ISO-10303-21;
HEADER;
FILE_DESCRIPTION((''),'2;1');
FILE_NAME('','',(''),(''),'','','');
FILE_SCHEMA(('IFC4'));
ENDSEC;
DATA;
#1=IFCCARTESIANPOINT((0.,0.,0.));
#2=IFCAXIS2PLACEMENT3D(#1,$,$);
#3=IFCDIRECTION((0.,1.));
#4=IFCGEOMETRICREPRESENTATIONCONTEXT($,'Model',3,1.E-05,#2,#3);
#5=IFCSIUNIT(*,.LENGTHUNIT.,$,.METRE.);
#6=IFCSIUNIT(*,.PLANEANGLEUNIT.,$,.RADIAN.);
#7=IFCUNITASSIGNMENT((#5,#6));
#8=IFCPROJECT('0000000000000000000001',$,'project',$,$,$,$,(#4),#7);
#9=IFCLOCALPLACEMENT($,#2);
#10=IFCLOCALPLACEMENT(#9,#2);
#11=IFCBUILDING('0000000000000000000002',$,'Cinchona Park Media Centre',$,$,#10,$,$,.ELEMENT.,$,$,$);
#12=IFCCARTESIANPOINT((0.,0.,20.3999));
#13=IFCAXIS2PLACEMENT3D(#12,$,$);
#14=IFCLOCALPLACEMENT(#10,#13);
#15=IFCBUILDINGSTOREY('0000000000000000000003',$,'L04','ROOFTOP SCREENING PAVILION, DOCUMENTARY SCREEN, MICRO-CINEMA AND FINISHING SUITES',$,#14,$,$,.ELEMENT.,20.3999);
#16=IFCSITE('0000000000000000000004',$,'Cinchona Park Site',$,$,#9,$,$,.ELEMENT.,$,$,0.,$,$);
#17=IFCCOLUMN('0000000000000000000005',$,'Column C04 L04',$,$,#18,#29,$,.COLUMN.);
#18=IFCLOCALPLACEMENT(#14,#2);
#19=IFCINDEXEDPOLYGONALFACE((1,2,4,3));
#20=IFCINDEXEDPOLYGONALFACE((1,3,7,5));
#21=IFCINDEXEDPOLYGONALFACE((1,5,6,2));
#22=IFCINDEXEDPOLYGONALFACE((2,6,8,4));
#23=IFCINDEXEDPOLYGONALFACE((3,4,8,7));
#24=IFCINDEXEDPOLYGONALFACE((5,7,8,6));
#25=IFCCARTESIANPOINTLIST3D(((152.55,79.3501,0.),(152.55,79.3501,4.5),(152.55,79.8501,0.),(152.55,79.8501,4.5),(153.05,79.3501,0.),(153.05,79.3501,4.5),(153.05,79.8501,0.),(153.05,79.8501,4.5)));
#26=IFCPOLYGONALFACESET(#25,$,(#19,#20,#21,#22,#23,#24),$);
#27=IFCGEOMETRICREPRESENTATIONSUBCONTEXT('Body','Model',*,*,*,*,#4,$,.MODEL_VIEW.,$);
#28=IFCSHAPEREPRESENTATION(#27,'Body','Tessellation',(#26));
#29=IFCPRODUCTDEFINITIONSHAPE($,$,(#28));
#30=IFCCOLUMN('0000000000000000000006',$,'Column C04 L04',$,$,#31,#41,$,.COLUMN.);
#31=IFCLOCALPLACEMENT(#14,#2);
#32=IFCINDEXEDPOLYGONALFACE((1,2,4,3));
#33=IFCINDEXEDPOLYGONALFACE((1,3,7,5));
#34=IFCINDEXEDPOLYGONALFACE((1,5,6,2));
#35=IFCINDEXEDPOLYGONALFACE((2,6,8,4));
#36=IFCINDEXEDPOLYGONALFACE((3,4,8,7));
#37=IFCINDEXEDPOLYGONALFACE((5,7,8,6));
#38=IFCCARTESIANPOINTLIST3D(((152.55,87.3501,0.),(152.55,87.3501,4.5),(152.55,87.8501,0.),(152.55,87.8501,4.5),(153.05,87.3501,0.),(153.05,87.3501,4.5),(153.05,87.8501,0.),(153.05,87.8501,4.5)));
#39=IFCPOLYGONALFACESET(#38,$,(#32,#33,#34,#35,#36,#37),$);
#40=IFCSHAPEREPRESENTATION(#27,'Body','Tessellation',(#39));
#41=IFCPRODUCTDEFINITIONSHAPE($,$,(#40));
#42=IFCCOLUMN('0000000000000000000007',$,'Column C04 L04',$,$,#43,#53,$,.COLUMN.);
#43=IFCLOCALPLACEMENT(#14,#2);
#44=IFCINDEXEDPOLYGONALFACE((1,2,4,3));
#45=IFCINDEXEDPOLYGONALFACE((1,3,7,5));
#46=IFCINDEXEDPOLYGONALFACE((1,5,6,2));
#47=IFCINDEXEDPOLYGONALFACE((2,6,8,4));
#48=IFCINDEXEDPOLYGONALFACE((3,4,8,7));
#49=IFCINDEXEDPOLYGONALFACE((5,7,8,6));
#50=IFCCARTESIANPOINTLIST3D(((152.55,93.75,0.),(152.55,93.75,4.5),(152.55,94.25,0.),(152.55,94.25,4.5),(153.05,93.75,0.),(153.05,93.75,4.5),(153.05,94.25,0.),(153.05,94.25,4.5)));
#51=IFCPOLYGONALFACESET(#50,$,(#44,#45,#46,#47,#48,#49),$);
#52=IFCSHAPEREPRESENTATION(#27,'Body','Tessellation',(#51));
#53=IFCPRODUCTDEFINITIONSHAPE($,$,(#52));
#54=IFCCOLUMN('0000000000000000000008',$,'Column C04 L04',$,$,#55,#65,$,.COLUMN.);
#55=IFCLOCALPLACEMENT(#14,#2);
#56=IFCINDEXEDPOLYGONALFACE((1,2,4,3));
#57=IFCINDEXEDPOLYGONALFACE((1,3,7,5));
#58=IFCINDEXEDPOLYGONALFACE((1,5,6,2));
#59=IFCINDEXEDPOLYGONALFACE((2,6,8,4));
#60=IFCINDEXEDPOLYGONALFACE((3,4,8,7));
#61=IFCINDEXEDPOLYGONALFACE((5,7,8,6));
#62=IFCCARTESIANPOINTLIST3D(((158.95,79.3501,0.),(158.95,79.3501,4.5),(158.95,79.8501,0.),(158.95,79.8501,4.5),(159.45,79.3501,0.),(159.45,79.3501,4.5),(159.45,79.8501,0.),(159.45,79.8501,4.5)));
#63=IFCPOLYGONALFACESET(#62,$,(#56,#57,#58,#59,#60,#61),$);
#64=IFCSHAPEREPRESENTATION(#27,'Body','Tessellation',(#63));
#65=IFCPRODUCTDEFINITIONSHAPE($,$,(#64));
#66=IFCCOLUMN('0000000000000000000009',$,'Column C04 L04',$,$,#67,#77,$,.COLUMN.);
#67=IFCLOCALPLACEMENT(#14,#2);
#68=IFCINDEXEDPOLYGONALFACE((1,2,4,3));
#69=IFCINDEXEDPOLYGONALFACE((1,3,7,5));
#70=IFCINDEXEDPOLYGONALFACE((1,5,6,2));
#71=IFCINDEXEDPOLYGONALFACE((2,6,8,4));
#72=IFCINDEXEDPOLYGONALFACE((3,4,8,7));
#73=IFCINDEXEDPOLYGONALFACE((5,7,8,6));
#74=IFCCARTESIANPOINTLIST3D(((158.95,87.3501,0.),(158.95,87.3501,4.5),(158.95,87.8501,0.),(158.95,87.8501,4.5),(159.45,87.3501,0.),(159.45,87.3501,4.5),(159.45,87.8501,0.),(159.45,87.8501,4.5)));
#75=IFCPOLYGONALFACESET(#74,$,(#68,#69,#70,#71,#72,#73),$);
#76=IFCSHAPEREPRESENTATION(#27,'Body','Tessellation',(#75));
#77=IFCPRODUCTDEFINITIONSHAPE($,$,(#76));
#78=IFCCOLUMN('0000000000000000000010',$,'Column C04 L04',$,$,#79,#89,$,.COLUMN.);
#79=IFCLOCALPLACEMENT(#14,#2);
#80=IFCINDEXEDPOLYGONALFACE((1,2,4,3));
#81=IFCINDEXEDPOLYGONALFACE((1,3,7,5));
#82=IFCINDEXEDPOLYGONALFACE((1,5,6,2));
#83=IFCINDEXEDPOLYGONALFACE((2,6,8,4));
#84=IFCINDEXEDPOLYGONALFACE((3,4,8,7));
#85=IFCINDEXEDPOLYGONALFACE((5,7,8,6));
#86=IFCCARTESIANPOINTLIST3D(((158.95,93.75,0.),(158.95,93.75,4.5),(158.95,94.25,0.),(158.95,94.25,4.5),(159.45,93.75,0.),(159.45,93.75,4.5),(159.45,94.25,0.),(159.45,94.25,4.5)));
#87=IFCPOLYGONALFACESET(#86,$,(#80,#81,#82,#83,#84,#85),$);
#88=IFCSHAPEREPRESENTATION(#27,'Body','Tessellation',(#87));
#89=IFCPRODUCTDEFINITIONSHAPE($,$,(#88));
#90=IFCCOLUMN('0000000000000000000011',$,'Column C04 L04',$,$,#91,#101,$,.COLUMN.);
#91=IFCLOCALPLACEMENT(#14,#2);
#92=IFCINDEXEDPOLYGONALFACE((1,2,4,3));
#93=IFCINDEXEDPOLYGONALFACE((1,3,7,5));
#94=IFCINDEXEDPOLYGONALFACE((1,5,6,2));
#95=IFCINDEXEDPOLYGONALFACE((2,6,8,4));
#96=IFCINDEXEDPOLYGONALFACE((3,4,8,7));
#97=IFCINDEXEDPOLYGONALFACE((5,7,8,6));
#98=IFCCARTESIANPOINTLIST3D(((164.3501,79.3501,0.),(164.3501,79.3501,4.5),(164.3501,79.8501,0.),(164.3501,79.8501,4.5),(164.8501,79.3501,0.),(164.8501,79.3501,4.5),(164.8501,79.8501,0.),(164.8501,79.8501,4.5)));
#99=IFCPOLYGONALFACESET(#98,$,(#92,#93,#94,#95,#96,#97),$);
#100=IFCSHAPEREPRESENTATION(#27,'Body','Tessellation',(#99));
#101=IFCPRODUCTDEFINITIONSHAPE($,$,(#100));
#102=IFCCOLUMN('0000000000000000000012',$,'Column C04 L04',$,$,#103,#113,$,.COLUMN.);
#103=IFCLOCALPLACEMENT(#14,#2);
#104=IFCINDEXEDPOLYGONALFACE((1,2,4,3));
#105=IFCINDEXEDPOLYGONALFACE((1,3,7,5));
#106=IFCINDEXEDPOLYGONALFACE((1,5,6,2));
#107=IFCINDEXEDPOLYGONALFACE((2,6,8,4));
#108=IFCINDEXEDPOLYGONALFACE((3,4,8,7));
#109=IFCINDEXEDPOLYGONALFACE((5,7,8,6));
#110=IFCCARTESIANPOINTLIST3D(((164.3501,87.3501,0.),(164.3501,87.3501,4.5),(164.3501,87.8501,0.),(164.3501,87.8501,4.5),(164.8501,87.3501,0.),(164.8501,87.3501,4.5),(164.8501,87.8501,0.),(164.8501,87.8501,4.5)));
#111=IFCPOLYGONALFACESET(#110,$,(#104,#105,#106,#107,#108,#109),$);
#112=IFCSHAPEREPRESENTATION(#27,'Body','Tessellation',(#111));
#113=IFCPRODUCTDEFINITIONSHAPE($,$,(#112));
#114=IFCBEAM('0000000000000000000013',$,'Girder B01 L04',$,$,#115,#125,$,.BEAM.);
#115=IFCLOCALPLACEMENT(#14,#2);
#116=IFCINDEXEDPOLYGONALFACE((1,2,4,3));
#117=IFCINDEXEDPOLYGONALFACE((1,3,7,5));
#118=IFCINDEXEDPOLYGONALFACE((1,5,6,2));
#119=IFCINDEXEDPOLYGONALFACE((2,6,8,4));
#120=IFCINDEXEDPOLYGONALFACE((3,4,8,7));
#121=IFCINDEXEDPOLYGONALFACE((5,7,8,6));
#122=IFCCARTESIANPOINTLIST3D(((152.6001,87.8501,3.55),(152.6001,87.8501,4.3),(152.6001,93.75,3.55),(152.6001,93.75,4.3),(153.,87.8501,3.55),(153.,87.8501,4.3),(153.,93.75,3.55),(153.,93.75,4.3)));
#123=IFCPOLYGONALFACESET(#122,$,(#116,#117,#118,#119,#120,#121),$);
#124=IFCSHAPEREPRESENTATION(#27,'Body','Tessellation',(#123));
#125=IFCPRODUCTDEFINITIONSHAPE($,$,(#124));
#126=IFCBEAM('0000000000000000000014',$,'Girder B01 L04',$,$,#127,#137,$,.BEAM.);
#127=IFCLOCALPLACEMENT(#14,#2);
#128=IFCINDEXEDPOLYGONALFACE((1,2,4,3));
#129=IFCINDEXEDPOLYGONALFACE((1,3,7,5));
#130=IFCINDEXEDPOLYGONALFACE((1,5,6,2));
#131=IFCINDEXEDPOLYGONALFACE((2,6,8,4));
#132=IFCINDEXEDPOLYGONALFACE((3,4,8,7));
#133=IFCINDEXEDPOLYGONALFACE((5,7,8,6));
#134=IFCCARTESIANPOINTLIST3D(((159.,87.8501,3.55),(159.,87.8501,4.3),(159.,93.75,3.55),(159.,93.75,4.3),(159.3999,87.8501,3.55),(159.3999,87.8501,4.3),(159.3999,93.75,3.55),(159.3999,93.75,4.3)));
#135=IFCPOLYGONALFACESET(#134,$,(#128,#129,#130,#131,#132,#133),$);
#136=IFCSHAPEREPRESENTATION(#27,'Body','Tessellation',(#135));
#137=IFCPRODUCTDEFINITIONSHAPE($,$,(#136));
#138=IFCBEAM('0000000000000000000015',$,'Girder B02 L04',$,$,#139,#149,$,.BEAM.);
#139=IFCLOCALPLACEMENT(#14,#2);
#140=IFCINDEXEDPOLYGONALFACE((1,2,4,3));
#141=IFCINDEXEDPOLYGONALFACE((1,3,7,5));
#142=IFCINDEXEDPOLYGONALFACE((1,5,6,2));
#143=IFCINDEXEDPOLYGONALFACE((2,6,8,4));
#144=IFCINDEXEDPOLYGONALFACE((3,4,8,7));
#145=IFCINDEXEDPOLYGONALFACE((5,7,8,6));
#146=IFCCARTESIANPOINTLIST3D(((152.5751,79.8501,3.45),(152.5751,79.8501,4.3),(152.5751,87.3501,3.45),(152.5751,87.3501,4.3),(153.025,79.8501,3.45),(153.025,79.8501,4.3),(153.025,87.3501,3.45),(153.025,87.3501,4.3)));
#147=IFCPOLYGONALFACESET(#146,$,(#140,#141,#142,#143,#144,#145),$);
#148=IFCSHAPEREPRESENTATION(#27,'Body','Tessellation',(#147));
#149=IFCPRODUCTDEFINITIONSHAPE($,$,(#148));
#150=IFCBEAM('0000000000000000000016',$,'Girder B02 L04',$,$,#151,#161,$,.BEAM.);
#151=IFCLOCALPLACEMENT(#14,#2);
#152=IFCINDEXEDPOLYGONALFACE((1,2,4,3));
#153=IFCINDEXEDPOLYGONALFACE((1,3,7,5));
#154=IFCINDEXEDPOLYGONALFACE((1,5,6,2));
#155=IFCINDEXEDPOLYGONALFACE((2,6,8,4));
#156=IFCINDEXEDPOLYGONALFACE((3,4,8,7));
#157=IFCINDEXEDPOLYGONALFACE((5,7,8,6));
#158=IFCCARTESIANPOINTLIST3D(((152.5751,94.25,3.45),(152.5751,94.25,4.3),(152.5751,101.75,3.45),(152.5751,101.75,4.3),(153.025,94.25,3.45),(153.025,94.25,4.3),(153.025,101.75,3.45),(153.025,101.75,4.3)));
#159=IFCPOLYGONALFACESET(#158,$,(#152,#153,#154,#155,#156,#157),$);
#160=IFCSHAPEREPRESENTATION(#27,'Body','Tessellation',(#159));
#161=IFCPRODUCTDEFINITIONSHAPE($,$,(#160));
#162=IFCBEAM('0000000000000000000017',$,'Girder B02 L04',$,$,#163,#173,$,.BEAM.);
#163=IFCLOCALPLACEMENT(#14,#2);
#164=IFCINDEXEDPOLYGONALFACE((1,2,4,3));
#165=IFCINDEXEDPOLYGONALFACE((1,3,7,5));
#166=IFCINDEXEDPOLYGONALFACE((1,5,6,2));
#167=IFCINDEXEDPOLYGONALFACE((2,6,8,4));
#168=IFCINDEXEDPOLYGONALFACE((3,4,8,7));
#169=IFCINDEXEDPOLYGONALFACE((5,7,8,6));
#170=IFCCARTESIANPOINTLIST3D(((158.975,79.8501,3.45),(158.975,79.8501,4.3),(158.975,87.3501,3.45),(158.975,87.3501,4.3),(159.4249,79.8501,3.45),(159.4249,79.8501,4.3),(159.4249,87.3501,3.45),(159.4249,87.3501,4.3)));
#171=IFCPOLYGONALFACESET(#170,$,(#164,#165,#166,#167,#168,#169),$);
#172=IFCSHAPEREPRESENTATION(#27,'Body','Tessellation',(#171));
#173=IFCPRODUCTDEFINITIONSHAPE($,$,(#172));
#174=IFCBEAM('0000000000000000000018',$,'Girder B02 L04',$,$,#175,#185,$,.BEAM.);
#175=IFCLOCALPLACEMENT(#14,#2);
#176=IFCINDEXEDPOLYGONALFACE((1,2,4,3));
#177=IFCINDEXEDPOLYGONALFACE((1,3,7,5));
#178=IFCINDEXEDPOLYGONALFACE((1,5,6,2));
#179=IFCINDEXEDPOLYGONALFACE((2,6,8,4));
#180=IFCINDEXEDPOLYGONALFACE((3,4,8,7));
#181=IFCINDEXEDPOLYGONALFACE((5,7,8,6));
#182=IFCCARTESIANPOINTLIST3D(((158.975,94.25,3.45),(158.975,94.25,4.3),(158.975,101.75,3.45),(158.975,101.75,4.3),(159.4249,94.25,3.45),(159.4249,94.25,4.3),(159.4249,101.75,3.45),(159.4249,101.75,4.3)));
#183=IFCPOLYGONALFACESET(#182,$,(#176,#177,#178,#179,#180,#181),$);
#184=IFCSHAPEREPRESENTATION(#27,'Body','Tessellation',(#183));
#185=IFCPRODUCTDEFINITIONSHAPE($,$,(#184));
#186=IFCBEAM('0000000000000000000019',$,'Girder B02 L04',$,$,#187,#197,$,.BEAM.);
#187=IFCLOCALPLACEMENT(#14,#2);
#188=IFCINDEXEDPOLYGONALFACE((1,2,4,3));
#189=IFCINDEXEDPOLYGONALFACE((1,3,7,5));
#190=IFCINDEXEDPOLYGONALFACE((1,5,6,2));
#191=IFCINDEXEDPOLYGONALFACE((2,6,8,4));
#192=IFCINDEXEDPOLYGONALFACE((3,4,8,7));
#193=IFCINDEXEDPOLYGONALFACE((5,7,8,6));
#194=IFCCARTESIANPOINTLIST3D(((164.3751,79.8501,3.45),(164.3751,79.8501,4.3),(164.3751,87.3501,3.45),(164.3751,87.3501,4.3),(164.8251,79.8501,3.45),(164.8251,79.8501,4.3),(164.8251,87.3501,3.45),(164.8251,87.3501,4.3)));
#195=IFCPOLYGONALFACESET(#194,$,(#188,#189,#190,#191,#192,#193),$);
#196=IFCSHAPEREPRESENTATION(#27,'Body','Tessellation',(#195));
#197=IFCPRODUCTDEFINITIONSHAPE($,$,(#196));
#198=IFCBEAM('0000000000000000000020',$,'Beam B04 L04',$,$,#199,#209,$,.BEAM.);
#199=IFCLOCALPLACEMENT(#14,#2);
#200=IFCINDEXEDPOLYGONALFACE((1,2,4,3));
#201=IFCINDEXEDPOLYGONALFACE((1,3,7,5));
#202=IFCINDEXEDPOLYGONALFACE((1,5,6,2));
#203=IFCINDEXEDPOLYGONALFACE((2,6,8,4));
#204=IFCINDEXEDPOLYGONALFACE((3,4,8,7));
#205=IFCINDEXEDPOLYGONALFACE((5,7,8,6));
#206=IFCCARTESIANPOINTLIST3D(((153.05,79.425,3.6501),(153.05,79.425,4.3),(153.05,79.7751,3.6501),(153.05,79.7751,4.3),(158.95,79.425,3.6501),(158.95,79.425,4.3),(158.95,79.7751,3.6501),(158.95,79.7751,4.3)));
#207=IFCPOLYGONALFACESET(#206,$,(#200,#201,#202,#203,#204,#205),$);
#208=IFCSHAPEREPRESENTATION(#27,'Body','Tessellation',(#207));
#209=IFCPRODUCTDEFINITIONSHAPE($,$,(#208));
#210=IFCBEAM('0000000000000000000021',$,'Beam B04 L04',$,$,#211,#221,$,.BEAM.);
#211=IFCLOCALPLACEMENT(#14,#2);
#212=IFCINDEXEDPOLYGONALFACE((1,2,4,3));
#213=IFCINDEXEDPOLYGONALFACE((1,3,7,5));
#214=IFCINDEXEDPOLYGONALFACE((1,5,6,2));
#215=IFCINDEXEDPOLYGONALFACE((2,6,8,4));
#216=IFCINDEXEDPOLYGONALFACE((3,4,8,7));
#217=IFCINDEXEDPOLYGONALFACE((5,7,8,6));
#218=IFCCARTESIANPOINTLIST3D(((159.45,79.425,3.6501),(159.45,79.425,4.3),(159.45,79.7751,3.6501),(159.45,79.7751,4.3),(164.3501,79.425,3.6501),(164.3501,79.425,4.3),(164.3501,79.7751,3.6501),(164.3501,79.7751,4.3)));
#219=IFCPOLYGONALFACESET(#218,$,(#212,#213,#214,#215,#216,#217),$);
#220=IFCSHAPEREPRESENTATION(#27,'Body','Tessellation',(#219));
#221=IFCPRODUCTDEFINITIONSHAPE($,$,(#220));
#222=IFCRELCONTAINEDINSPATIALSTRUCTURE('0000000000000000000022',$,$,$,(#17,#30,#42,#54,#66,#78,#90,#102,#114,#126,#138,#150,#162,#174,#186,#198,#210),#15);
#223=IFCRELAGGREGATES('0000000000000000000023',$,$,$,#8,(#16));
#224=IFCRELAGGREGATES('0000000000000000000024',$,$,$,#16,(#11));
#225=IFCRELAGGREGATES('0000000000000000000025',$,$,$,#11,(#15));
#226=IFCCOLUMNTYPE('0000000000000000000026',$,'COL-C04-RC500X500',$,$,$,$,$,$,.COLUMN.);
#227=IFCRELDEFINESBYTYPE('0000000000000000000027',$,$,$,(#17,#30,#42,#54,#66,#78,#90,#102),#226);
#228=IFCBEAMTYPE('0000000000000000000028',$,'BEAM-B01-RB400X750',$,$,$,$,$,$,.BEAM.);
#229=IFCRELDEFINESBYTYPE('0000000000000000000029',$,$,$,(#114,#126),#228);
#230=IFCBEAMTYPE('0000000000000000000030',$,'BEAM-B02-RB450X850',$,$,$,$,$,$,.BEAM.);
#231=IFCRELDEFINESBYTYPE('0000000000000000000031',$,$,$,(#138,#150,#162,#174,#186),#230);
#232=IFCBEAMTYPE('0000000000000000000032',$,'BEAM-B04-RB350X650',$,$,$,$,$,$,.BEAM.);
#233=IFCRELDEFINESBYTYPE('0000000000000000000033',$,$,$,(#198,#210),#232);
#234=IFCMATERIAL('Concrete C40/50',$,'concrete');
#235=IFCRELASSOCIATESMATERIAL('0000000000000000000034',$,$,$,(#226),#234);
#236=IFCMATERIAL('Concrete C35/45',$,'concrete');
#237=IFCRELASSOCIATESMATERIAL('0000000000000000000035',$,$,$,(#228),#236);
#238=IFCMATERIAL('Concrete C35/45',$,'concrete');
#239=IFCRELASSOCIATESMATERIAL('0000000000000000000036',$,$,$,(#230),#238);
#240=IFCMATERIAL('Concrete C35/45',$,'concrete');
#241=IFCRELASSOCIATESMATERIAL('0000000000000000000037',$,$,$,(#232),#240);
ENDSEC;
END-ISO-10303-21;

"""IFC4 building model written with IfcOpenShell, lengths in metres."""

from ifc_helpers import new_model, si_unit, direction, frame, origin, origin_2d, place, context, subcontext, project, spatial, rectangle, extrude, material, material_profile, profile_set, type_object, element, save


model = new_model("IFC4")

# Units and contexts
model_context = context("Model", 3, precision=1e-05, world=origin(), true_north=direction((0.0, 1.0)))
body_context = subcontext(model_context, "Body", "Model", "MODEL_VIEW")
ifc_project = project(units=[si_unit("LENGTHUNIT", "METRE"), si_unit("PLANEANGLEUNIT", "RADIAN")], contexts=[model_context])

# Site, building, storey
site_placement = place(None, origin())
site = spatial("IfcSite", under=ifc_project, at=site_placement, Name="Cinchona Park Site", CompositionType="ELEMENT", RefElevation=0.0)
building_placement = place(site_placement, origin())
building = spatial("IfcBuilding", under=site, at=building_placement, Name="Cinchona Park Media Centre", CompositionType="ELEMENT")
storey_placement = place(building_placement, frame((0.0, 0.0, 20.3999)))
storey = spatial("IfcBuildingStorey", under=building, at=storey_placement, Name="L04", Description="ROOFTOP SCREENING PAVILION, DOCUMENTARY SCREEN, MICRO-CINEMA AND FINISHING SUITES", CompositionType="ELEMENT", Elevation=20.3999)

# Columns
ifc_material_1 = material(Name="Concrete C40/50", Category="concrete")
ifc_material_profile_1 = material_profile(ifc_material_1, rectangle(XDim=0.5, YDim=0.5, at=origin_2d()), Name="RC 500X500")
ifc_profile_set_1 = profile_set([ifc_material_profile_1], Name="Concrete C40/50")
column_type = type_object("IfcColumnType", Name="COL-C04-RC500X500", PredefinedType="COLUMN", material=ifc_profile_set_1)
for number, where, z_axis, x_axis, name in (
    (1, (152.8, 79.6001, 0.0), (0.0, 0.0, 1.0), (1.0, 0.0, 0.0), "Column C04 L04"),
    (2, (152.8, 87.6001, 0.0), (0.0, 0.0, 1.0), (1.0, 0.0, 0.0), "Column C04 L04"),
    (3, (152.8, 94.0, 0.0), (0.0, 0.0, 1.0), (1.0, 0.0, 0.0), "Column C04 L04"),
    (4, (159.2, 79.6001, 0.0), (0.0, 0.0, 1.0), (1.0, 0.0, 0.0), "Column C04 L04"),
    (5, (159.2, 87.6001, 0.0), (0.0, 0.0, 1.0), (1.0, 0.0, 0.0), "Column C04 L04"),
    (6, (159.2, 94.0, 0.0), (0.0, 0.0, 1.0), (1.0, 0.0, 0.0), "Column C04 L04"),
    (7, (164.6001, 79.6001, 0.0), (0.0, 0.0, 1.0), (1.0, 0.0, 0.0), "Column C04 L04"),
    (8, (164.6001, 87.6001, 0.0), (0.0, 0.0, 1.0), (1.0, 0.0, 0.0), "Column C04 L04"),
):
    element("IfcColumn", number, at=place(storey_placement, frame(where, z_axis=z_axis, x_axis=x_axis)), inside=storey, type_object=column_type, Name=name, PredefinedType="COLUMN", context=body_context, shape_type="SweptSolid", body=[
        extrude(rectangle(XDim=0.5, YDim=0.5, at=origin_2d()), origin(), (0.0, 0.0, 1.0), 4.5),
    ])

# Beams
ifc_material_2 = material(Name="Concrete C35/45", Category="concrete")
ifc_material_profile_2 = material_profile(ifc_material_2, rectangle(XDim=0.3999, YDim=0.75, at=origin_2d()), Name="RB 400X750")
ifc_profile_set_2 = profile_set([ifc_material_profile_2], Name="Concrete C35/45")
beam_type_1 = type_object("IfcBeamType", Name="BEAM-B01-RB400X750", PredefinedType="BEAM", material=ifc_profile_set_2)
for number, where, z_axis, x_axis, name in (
    (9, (152.8, 87.8501, 3.925), (0.0, 1.0, 0.0), (-1.0, 0.0, 0.0), "Girder B01 L04"),
    (10, (159.2, 87.8501, 3.925), (0.0, 1.0, 0.0), (-1.0, 0.0, 0.0), "Girder B01 L04"),
):
    element("IfcBeam", number, at=place(storey_placement, frame(where, z_axis=z_axis, x_axis=x_axis)), inside=storey, type_object=beam_type_1, Name=name, PredefinedType="BEAM", context=body_context, shape_type="SweptSolid", body=[
        extrude(rectangle(XDim=0.3999, YDim=0.75, at=origin_2d()), origin(), (0.0, 0.0, 1.0), 5.8999),
    ])
ifc_material_3 = material(Name="Concrete C35/45", Category="concrete")
ifc_material_profile_3 = material_profile(ifc_material_3, rectangle(XDim=0.45, YDim=0.8501, at=origin_2d()), Name="RB 450X850")
ifc_profile_set_3 = profile_set([ifc_material_profile_3], Name="Concrete C35/45")
beam_type_2 = type_object("IfcBeamType", Name="BEAM-B02-RB450X850", PredefinedType="BEAM", material=ifc_profile_set_3)
for number, where, z_axis, x_axis, name in (
    (11, (152.8, 79.8501, 3.875), (0.0, 1.0, 0.0), (-1.0, 0.0, 0.0), "Girder B02 L04"),
    (12, (152.8, 94.25, 3.875), (0.0, 1.0, 0.0), (-1.0, 0.0, 0.0), "Girder B02 L04"),
    (13, (159.2, 79.8501, 3.875), (0.0, 1.0, 0.0), (-1.0, 0.0, 0.0), "Girder B02 L04"),
    (14, (159.2, 94.25, 3.875), (0.0, 1.0, 0.0), (-1.0, 0.0, 0.0), "Girder B02 L04"),
    (15, (164.6001, 79.8501, 3.875), (0.0, 1.0, 0.0), (-1.0, 0.0, 0.0), "Girder B02 L04"),
):
    element("IfcBeam", number, at=place(storey_placement, frame(where, z_axis=z_axis, x_axis=x_axis)), inside=storey, type_object=beam_type_2, Name=name, PredefinedType="BEAM", context=body_context, shape_type="SweptSolid", body=[
        extrude(rectangle(XDim=0.45, YDim=0.8501, at=origin_2d()), origin(), (0.0, 0.0, 1.0), 7.5),
    ])
ifc_material_4 = material(Name="Concrete C35/45", Category="concrete")
ifc_material_profile_4 = material_profile(ifc_material_4, rectangle(XDim=0.3501, YDim=0.6499, at=origin_2d()), Name="RB 350X650")
ifc_profile_set_4 = profile_set([ifc_material_profile_4], Name="Concrete C35/45")
beam_type_3 = type_object("IfcBeamType", Name="BEAM-B04-RB350X650", PredefinedType="BEAM", material=ifc_profile_set_4)
beam_1_placement = place(storey_placement, frame((153.05, 79.6001, 3.9751), z_axis=(1.0, 0.0, 0.0), x_axis=(0.0, 1.0, 0.0)))
element("IfcBeam", 16, at=beam_1_placement, inside=storey, type_object=beam_type_3, Name="Beam B04 L04", PredefinedType="BEAM", context=body_context, shape_type="SweptSolid", body=[
    extrude(rectangle(XDim=0.3501, YDim=0.6499, at=origin_2d()), origin(), (0.0, 0.0, 1.0), 5.8999),
])
beam_2_placement = place(storey_placement, frame((159.45, 79.6001, 3.9751), z_axis=(1.0, 0.0, 0.0), x_axis=(0.0, 1.0, 0.0)))
element("IfcBeam", 17, at=beam_2_placement, inside=storey, type_object=beam_type_3, Name="Beam B04 L04", PredefinedType="BEAM", context=body_context, shape_type="SweptSolid", body=[
    extrude(rectangle(XDim=0.3501, YDim=0.6499, at=origin_2d()), origin(), (0.0, 0.0, 1.0), 4.9001),
])

save(model, "model.ifc")
